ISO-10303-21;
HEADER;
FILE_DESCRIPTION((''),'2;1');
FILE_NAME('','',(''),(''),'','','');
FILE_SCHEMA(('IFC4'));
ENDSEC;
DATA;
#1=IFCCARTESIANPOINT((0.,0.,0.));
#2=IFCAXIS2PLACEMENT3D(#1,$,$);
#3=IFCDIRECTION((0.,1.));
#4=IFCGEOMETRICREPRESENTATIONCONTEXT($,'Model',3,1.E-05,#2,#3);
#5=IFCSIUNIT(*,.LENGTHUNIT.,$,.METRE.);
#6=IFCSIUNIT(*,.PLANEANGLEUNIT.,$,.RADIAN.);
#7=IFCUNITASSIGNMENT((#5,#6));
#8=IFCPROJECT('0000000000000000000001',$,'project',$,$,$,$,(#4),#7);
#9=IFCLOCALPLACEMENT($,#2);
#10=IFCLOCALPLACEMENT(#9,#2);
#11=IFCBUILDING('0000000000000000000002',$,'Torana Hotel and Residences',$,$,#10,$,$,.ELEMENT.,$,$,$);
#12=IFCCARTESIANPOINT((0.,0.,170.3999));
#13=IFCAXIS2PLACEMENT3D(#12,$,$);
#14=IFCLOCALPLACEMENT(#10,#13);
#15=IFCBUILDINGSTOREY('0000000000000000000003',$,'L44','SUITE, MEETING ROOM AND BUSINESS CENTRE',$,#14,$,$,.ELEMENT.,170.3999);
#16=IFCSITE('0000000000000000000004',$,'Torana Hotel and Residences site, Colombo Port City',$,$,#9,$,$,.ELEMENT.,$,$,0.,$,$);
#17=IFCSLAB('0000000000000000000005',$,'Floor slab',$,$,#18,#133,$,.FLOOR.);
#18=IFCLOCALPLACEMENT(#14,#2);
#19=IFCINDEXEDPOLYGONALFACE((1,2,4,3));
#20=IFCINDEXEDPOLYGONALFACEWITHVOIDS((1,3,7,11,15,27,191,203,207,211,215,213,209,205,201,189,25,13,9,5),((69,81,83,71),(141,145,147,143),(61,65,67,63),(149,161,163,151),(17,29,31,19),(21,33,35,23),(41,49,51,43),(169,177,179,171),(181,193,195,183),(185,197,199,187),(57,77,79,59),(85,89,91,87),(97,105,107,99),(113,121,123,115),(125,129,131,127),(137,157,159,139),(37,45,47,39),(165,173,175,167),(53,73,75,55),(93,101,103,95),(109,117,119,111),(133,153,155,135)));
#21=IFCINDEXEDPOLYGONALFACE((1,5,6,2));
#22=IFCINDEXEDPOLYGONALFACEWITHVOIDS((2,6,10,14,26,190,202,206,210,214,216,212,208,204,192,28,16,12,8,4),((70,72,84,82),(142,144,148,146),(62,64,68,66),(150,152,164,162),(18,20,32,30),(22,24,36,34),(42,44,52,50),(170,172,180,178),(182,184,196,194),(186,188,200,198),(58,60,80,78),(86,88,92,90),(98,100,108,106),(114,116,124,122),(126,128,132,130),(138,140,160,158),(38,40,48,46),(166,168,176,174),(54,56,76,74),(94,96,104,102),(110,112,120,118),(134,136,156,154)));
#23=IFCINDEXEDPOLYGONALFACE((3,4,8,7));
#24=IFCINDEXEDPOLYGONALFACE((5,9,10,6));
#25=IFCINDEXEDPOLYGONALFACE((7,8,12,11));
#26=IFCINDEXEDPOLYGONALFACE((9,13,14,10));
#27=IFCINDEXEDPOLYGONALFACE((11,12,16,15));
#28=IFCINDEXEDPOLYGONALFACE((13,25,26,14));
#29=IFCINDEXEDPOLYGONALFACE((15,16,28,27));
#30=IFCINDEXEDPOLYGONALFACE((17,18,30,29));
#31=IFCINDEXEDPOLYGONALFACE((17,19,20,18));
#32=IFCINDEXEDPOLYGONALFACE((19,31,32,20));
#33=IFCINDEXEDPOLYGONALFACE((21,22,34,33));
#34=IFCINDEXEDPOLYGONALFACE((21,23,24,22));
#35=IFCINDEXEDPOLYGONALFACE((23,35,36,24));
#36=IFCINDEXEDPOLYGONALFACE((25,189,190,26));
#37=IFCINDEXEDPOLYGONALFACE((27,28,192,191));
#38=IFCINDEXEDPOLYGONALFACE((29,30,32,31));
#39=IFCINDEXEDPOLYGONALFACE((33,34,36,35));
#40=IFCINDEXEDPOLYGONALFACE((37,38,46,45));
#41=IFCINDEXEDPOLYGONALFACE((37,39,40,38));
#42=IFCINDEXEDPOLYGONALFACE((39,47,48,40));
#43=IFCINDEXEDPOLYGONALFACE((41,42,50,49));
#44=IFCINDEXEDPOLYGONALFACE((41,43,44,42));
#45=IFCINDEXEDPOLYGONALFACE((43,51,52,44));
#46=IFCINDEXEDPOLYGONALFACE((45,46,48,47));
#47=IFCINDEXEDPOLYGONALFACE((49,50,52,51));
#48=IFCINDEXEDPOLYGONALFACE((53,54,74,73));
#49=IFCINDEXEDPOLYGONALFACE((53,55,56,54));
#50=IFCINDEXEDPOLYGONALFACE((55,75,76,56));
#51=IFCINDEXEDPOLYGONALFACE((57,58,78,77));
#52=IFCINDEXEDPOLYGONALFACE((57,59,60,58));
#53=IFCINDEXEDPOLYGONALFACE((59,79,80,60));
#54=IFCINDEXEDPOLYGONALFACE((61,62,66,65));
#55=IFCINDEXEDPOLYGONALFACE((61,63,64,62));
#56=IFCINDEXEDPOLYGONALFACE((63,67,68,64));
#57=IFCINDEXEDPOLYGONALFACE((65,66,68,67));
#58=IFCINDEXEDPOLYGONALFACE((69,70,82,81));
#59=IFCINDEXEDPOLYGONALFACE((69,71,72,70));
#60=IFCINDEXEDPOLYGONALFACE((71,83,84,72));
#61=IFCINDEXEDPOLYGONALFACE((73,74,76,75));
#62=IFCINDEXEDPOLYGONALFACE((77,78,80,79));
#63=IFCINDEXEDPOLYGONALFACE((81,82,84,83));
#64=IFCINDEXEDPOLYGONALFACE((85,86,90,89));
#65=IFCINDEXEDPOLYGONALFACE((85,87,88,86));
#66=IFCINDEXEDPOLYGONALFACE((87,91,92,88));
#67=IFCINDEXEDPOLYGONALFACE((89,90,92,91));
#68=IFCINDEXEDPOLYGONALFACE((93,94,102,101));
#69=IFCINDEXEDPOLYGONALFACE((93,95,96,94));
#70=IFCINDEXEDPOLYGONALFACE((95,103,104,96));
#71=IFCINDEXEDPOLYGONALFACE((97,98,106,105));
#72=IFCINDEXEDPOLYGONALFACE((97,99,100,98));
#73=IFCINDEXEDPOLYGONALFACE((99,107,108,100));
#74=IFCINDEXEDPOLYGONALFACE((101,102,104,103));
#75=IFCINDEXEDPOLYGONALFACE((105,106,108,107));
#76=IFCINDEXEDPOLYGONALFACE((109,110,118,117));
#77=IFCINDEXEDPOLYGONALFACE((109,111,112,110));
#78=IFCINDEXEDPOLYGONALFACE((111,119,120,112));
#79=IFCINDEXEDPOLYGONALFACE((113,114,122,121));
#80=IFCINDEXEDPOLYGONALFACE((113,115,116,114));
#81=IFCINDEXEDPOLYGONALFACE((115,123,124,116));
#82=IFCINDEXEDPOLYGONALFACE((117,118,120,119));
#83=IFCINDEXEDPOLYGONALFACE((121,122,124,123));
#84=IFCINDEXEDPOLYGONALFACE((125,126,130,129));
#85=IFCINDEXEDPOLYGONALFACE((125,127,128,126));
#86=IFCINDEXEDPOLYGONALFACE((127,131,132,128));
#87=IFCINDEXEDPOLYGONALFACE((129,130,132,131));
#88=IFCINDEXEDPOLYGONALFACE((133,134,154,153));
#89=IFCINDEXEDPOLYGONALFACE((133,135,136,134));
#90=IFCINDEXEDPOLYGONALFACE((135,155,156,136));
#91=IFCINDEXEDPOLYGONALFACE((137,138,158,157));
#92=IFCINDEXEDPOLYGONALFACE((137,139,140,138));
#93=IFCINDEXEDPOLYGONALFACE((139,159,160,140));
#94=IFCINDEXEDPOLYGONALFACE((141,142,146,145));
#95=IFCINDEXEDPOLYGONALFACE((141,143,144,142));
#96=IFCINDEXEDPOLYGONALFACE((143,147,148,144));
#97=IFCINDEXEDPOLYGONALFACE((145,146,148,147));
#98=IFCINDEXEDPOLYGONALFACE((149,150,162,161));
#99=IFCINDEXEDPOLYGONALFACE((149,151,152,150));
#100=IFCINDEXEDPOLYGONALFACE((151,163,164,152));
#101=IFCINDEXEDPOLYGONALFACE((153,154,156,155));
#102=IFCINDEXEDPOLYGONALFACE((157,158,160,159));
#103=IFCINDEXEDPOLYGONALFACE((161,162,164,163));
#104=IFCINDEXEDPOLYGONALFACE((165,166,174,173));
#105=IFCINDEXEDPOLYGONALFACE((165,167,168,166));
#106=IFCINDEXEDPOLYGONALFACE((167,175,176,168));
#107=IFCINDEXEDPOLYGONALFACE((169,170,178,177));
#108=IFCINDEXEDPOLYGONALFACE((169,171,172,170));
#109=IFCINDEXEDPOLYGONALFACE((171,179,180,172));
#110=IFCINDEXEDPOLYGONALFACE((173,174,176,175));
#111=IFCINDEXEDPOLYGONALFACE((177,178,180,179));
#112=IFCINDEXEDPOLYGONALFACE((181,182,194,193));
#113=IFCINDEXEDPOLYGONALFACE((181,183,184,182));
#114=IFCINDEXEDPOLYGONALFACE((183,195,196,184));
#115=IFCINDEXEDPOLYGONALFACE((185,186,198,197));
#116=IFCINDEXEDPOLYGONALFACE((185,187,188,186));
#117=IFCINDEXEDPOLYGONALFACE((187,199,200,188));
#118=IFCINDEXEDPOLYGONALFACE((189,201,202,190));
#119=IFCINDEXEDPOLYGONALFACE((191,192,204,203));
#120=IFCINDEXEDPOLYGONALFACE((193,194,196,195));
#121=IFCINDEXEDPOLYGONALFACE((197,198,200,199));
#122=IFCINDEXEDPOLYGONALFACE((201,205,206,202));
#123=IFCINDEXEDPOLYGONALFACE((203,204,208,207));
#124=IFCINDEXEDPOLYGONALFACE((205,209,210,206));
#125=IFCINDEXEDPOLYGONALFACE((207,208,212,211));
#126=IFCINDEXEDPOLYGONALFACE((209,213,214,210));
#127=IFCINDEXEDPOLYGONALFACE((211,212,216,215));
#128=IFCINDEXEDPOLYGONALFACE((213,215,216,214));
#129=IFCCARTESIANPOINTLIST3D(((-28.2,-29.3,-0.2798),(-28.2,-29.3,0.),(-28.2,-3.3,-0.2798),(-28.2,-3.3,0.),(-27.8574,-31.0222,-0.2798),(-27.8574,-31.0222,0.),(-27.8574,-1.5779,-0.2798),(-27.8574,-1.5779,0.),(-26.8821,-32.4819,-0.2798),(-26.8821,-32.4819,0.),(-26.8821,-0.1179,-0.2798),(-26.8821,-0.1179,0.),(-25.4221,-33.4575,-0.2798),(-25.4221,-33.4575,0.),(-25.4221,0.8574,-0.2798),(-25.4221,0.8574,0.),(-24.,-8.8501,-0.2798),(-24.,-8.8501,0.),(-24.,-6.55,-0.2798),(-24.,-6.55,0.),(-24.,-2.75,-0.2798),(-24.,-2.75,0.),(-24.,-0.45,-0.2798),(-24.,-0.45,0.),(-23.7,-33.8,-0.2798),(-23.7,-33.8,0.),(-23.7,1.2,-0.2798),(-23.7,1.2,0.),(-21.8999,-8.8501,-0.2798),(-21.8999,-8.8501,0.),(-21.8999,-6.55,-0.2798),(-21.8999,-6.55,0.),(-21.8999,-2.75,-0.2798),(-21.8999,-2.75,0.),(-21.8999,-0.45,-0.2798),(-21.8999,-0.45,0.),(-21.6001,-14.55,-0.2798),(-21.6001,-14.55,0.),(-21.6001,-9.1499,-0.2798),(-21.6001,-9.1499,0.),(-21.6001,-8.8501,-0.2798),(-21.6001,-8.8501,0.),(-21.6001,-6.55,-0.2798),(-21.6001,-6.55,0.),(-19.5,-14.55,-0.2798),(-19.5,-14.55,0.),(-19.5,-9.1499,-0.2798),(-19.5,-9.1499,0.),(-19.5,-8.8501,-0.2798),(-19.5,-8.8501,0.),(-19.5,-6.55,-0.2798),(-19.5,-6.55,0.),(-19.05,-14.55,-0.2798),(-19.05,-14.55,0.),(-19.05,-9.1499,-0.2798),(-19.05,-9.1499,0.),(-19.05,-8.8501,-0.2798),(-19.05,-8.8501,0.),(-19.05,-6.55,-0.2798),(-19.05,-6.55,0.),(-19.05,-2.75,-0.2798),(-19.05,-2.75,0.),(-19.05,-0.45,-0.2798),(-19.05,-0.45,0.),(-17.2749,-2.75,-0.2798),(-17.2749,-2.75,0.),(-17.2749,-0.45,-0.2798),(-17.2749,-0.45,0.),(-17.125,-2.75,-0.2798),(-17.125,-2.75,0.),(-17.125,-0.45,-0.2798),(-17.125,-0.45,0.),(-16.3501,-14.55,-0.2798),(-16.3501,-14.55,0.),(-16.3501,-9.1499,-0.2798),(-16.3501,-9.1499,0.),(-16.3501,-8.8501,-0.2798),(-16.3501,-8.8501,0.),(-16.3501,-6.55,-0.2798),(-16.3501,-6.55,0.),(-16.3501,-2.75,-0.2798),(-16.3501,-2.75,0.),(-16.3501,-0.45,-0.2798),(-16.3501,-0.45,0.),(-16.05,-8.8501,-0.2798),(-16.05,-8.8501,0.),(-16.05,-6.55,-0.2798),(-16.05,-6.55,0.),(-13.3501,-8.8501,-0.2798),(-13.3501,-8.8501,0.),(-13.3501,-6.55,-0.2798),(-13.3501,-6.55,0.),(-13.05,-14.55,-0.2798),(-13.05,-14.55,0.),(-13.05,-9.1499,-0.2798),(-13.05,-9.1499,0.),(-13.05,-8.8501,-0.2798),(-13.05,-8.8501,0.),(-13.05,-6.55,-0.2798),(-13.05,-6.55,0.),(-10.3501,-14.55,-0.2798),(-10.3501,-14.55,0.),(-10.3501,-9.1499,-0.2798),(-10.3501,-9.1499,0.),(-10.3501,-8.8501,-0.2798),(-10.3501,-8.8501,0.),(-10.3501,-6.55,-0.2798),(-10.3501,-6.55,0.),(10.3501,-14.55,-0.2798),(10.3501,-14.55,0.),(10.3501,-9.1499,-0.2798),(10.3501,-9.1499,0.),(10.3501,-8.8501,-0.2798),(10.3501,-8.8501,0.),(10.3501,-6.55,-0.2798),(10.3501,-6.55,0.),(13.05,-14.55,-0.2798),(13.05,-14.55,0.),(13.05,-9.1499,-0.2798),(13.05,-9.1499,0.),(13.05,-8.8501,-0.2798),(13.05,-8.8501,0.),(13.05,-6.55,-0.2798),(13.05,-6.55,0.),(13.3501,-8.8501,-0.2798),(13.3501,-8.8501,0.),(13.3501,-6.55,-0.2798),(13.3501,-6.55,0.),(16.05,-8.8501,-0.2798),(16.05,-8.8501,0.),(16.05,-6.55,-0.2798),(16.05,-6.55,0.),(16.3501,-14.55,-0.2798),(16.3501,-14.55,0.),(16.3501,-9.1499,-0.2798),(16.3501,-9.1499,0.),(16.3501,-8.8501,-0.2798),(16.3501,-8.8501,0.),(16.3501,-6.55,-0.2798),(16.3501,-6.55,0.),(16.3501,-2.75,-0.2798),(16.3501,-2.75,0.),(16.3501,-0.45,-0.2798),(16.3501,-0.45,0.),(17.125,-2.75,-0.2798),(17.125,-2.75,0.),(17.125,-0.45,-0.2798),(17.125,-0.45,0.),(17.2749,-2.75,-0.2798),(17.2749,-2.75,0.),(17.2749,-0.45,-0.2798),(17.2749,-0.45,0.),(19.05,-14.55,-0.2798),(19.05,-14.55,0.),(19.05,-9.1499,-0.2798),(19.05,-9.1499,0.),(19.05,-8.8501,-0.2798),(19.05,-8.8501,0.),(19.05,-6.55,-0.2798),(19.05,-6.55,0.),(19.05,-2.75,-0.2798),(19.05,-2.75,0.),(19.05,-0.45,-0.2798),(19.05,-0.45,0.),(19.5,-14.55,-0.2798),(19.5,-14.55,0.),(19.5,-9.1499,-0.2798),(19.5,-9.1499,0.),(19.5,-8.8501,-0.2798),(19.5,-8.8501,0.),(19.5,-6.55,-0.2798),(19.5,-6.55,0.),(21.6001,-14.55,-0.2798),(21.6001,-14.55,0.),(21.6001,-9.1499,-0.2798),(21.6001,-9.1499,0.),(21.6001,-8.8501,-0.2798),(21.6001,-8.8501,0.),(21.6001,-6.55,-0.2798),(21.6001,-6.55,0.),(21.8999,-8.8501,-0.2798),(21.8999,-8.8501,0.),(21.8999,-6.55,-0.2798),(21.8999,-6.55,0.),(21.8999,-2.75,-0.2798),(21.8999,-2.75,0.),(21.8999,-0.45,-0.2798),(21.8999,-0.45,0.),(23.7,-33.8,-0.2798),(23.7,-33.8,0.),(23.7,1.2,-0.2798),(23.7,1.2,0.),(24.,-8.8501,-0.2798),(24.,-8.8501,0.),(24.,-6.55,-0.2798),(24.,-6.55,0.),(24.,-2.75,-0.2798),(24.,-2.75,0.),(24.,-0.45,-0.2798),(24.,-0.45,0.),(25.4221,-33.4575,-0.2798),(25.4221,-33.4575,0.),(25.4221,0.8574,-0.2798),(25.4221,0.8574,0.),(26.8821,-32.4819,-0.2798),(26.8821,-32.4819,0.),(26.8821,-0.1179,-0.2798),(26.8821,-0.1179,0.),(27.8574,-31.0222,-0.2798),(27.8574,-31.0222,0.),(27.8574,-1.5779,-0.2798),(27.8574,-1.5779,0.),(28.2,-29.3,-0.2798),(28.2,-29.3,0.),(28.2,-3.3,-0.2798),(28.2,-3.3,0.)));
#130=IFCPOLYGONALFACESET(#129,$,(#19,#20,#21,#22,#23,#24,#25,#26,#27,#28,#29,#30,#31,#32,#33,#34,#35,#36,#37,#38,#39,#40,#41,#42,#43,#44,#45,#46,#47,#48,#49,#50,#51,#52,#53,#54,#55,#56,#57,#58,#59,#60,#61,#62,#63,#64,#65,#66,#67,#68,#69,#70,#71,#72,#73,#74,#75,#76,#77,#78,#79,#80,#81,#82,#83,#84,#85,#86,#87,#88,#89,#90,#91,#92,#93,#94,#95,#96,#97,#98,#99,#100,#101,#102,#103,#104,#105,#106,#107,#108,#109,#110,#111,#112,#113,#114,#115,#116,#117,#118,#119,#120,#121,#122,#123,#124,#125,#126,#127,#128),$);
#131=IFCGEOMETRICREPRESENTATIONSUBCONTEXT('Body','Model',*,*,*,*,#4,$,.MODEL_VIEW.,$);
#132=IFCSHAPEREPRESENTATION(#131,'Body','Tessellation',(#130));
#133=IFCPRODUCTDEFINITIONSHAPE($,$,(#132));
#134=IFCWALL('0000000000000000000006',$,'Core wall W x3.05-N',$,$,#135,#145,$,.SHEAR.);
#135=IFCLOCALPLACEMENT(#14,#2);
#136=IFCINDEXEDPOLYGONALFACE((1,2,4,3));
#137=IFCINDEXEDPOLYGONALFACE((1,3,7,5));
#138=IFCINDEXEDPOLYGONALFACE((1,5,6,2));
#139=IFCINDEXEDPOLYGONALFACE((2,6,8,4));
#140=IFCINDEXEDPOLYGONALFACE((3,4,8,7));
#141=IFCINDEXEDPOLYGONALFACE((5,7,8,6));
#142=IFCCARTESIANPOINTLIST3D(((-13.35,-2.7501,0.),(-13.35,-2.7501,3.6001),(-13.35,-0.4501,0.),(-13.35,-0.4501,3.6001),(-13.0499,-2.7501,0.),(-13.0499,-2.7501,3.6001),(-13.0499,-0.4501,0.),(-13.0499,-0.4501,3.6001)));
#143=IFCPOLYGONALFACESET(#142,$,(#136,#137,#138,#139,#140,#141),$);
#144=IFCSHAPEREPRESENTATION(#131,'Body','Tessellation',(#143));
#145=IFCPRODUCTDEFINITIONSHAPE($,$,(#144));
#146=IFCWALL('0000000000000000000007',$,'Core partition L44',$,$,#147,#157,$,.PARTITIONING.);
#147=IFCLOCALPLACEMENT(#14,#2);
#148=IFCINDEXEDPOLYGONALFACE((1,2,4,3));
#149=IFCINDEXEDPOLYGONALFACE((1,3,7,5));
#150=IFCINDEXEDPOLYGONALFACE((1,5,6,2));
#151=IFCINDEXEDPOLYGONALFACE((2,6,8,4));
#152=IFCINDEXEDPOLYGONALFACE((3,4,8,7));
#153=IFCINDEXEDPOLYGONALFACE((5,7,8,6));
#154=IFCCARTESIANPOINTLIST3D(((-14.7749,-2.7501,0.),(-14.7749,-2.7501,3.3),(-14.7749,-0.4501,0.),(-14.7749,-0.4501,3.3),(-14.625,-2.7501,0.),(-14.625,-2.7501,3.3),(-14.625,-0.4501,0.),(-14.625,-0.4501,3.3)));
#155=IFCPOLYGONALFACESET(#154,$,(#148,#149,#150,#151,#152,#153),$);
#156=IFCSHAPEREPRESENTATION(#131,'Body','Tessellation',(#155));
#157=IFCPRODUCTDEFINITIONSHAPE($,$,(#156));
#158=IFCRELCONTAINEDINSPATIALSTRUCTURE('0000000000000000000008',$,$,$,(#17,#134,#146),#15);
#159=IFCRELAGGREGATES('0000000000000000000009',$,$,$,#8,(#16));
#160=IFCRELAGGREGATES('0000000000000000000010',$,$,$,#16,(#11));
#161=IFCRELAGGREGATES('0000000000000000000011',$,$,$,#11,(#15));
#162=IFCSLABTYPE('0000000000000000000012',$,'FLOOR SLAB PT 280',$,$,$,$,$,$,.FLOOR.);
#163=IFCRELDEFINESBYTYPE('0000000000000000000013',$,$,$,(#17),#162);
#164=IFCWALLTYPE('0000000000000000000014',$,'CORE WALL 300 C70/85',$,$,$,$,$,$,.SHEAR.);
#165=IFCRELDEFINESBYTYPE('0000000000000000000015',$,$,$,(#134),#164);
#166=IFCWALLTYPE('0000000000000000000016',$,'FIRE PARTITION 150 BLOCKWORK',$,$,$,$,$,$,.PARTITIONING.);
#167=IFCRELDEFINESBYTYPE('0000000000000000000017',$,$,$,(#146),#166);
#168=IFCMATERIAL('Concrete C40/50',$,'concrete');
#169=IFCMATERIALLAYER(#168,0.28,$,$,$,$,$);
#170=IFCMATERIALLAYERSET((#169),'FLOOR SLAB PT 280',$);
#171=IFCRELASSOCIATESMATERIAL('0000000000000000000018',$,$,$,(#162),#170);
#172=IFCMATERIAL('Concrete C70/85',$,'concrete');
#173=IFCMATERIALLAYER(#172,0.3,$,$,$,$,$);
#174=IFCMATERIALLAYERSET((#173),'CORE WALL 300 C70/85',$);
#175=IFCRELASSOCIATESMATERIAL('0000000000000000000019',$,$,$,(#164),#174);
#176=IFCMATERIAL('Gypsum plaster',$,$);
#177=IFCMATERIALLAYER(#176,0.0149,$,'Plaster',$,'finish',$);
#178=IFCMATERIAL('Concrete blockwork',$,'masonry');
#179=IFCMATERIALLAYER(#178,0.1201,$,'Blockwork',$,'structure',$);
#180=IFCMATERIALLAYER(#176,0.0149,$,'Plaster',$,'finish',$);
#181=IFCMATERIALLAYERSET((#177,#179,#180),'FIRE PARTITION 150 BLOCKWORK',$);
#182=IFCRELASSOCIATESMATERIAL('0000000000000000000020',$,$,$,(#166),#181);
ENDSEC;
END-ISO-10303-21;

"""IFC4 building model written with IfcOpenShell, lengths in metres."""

from ifc_helpers import new_model, si_unit, direction, frame, frame_2d, origin, place, context, subcontext, project, spatial, polyline, rectangle, outline, extrude, material, layer, layer_set, type_object, element, save


model = new_model("IFC4")

# Units and contexts
model_context = context("Model", 3, precision=1e-05, world=origin(), true_north=direction((0.0, 1.0)))
body_context = subcontext(model_context, "Body", "Model", "MODEL_VIEW")
ifc_project = project(units=[si_unit("LENGTHUNIT", "METRE"), si_unit("PLANEANGLEUNIT", "RADIAN")], contexts=[model_context])

# Site, building, storey
site_placement = place(None, origin())
site = spatial("IfcSite", under=ifc_project, at=site_placement, Name="Torana Hotel and Residences site, Colombo Port City", CompositionType="ELEMENT", RefElevation=0.0)
building_placement = place(site_placement, origin())
building = spatial("IfcBuilding", under=site, at=building_placement, Name="Torana Hotel and Residences", CompositionType="ELEMENT")
storey_placement = place(building_placement, frame((0.0, 0.0, 170.3999)))
storey = spatial("IfcBuildingStorey", under=building, at=storey_placement, Name="L44", Description="SUITE, MEETING ROOM AND BUSINESS CENTRE", CompositionType="ELEMENT", Elevation=170.3999)

# Slab
ifc_material_1 = material(Name="Concrete C40/50", Category="concrete")
ifc_layer_1 = layer(ifc_material_1, 0.28)
ifc_layer_set_1 = layer_set([ifc_layer_1], Name="FLOOR SLAB PT 280")
slab_type_1 = type_object("IfcSlabType", Name="FLOOR SLAB PT 280", PredefinedType="FLOOR", material=ifc_layer_set_1)
slab_1_placement = place(storey_placement, frame((0.0, 0.0, -0.2798)))
element("IfcSlab", 1, at=slab_1_placement, inside=storey, type_object=slab_type_1, Name="Floor slab", PredefinedType="FLOOR", context=body_context, shape_type="SweptSolid", body=[
    extrude(outline(polyline([(28.2, -3.3), (27.8574, -1.5779), (26.8821, -0.1179), (25.4221, 0.8574), (23.7, 1.2), (-23.7, 1.2), (-25.4221, 0.8574), (-26.8821, -0.1179), (-27.8574, -1.5779), (-28.2, -3.3), (-28.2, -29.3), (-27.8574, -31.0222), (-26.8821, -32.4819), (-25.4221, -33.4575), (-23.7, -33.8), (23.7, -33.8), (25.4221, -33.4575), (26.8821, -32.4819), (27.8574, -31.0222), (28.2, -29.3), (28.2, -3.3)]), holes=[polyline([(-13.05, -14.55), (-10.3501, -14.55), (-10.3501, -9.1499), (-13.05, -9.1499), (-13.05, -14.55)]), polyline([(-19.05, -14.55), (-16.3501, -14.55), (-16.3501, -9.1499), (-19.05, -9.1499), (-19.05, -14.55)]), polyline([(-17.125, -2.75), (-16.3501, -2.75), (-16.3501, -0.45), (-17.125, -0.45), (-17.125, -2.75)]), polyline([(-19.05, -2.75), (-17.2749, -2.75), (-17.2749, -0.45), (-19.05, -0.45), (-19.05, -2.75)]), polyline([(-21.6001, -8.8501), (-19.5, -8.8501), (-19.5, -6.55), (-21.6001, -6.55), (-21.6001, -8.8501)]), polyline([(-24.0, -2.75), (-21.8999, -2.75), (-21.8999, -0.45), (-24.0, -0.45), (-24.0, -2.75)]), polyline([(-24.0, -8.8501), (-21.8999, -8.8501), (-21.8999, -6.55), (-24.0, -6.55), (-24.0, -8.8501)]), polyline([(-13.05, -8.8501), (-10.3501, -8.8501), (-10.3501, -6.55), (-13.05, -6.55), (-13.05, -8.8501)]), polyline([(-16.05, -8.8501), (-13.3501, -8.8501), (-13.3501, -6.55), (-16.05, -6.55), (-16.05, -8.8501)]), polyline([(-19.05, -8.8501), (-16.3501, -8.8501), (-16.3501, -6.55), (-19.05, -6.55), (-19.05, -8.8501)]), polyline([(-21.6001, -14.55), (-19.5, -14.55), (-19.5, -9.1499), (-21.6001, -9.1499), (-21.6001, -14.55)]), polyline([(10.3501, -14.55), (13.05, -14.55), (13.05, -9.1499), (10.3501, -9.1499), (10.3501, -14.55)]), polyline([(16.3501, -14.55), (19.05, -14.55), (19.05, -9.1499), (16.3501, -9.1499), (16.3501, -14.55)]), polyline([(16.3501, -2.75), (17.125, -2.75), (17.125, -0.45), (16.3501, -0.45), (16.3501, -2.75)]), polyline([(17.2749, -2.75), (19.05, -2.75), (19.05, -0.45), (17.2749, -0.45), (17.2749, -2.75)]), polyline([(19.5, -8.8501), (21.6001, -8.8501), (21.6001, -6.55), (19.5, -6.55), (19.5, -8.8501)]), polyline([(21.8999, -2.75), (24.0, -2.75), (24.0, -0.45), (21.8999, -0.45), (21.8999, -2.75)]), polyline([(21.8999, -8.8501), (24.0, -8.8501), (24.0, -6.55), (21.8999, -6.55), (21.8999, -8.8501)]), polyline([(10.3501, -8.8501), (13.05, -8.8501), (13.05, -6.55), (10.3501, -6.55), (10.3501, -8.8501)]), polyline([(13.3501, -8.8501), (16.05, -8.8501), (16.05, -6.55), (13.3501, -6.55), (13.3501, -8.8501)]), polyline([(16.3501, -8.8501), (19.05, -8.8501), (19.05, -6.55), (16.3501, -6.55), (16.3501, -8.8501)]), polyline([(19.5, -14.55), (21.6001, -14.55), (21.6001, -9.1499), (19.5, -9.1499), (19.5, -14.55)])]), origin(), (0.0, 0.0, 1.0), 0.2798),
])

# Walls
ifc_material_2 = material(Name="Concrete C70/85", Category="concrete")
ifc_layer_2 = layer(ifc_material_2, 0.3)
ifc_layer_set_2 = layer_set([ifc_layer_2], Name="CORE WALL 300 C70/85")
wall_type_1 = type_object("IfcWallType", Name="CORE WALL 300 C70/85", PredefinedType="SHEAR", material=ifc_layer_set_2)
wall_1_placement = place(storey_placement, frame((-13.2, -2.75, 0.0), z_axis=(0.0, 0.0, 1.0), x_axis=(0.0, 1.0, 0.0)))
element("IfcWall", 2, at=wall_1_placement, inside=storey, type_object=wall_type_1, Name="Core wall W x3.05-N", PredefinedType="SHEAR", context=body_context, shape_type="SweptSolid", body=[
    extrude(rectangle(XDim=2.3, YDim=0.3, at=frame_2d((1.1499, 0.0))), origin(), (0.0, 0.0, 1.0), 3.6001),
])
ifc_material_3 = material(Name="Gypsum plaster")
ifc_layer_3 = layer(ifc_material_3, 0.0149, Name="Plaster", Category="finish")
ifc_material_4 = material(Name="Concrete blockwork", Category="masonry")
ifc_layer_4 = layer(ifc_material_4, 0.1201, Name="Blockwork", Category="structure")
ifc_layer_5 = layer(ifc_material_3, 0.0149, Name="Plaster", Category="finish")
ifc_layer_set_3 = layer_set([ifc_layer_3, ifc_layer_4, ifc_layer_5], Name="FIRE PARTITION 150 BLOCKWORK")
wall_type_2 = type_object("IfcWallType", Name="FIRE PARTITION 150 BLOCKWORK", PredefinedType="PARTITIONING", material=ifc_layer_set_3)
wall_2_placement = place(storey_placement, frame((-14.7, -2.75, 0.0), z_axis=(0.0, 0.0, 1.0), x_axis=(0.0, 1.0, 0.0)))
element("IfcWall", 3, at=wall_2_placement, inside=storey, type_object=wall_type_2, Name="Core partition L44", PredefinedType="PARTITIONING", context=body_context, shape_type="SweptSolid", body=[
    extrude(rectangle(XDim=2.3, YDim=0.1499, at=frame_2d((1.1499, 0.0))), origin(), (0.0, 0.0, 1.0), 3.3),
])

save(model, "model.ifc")
